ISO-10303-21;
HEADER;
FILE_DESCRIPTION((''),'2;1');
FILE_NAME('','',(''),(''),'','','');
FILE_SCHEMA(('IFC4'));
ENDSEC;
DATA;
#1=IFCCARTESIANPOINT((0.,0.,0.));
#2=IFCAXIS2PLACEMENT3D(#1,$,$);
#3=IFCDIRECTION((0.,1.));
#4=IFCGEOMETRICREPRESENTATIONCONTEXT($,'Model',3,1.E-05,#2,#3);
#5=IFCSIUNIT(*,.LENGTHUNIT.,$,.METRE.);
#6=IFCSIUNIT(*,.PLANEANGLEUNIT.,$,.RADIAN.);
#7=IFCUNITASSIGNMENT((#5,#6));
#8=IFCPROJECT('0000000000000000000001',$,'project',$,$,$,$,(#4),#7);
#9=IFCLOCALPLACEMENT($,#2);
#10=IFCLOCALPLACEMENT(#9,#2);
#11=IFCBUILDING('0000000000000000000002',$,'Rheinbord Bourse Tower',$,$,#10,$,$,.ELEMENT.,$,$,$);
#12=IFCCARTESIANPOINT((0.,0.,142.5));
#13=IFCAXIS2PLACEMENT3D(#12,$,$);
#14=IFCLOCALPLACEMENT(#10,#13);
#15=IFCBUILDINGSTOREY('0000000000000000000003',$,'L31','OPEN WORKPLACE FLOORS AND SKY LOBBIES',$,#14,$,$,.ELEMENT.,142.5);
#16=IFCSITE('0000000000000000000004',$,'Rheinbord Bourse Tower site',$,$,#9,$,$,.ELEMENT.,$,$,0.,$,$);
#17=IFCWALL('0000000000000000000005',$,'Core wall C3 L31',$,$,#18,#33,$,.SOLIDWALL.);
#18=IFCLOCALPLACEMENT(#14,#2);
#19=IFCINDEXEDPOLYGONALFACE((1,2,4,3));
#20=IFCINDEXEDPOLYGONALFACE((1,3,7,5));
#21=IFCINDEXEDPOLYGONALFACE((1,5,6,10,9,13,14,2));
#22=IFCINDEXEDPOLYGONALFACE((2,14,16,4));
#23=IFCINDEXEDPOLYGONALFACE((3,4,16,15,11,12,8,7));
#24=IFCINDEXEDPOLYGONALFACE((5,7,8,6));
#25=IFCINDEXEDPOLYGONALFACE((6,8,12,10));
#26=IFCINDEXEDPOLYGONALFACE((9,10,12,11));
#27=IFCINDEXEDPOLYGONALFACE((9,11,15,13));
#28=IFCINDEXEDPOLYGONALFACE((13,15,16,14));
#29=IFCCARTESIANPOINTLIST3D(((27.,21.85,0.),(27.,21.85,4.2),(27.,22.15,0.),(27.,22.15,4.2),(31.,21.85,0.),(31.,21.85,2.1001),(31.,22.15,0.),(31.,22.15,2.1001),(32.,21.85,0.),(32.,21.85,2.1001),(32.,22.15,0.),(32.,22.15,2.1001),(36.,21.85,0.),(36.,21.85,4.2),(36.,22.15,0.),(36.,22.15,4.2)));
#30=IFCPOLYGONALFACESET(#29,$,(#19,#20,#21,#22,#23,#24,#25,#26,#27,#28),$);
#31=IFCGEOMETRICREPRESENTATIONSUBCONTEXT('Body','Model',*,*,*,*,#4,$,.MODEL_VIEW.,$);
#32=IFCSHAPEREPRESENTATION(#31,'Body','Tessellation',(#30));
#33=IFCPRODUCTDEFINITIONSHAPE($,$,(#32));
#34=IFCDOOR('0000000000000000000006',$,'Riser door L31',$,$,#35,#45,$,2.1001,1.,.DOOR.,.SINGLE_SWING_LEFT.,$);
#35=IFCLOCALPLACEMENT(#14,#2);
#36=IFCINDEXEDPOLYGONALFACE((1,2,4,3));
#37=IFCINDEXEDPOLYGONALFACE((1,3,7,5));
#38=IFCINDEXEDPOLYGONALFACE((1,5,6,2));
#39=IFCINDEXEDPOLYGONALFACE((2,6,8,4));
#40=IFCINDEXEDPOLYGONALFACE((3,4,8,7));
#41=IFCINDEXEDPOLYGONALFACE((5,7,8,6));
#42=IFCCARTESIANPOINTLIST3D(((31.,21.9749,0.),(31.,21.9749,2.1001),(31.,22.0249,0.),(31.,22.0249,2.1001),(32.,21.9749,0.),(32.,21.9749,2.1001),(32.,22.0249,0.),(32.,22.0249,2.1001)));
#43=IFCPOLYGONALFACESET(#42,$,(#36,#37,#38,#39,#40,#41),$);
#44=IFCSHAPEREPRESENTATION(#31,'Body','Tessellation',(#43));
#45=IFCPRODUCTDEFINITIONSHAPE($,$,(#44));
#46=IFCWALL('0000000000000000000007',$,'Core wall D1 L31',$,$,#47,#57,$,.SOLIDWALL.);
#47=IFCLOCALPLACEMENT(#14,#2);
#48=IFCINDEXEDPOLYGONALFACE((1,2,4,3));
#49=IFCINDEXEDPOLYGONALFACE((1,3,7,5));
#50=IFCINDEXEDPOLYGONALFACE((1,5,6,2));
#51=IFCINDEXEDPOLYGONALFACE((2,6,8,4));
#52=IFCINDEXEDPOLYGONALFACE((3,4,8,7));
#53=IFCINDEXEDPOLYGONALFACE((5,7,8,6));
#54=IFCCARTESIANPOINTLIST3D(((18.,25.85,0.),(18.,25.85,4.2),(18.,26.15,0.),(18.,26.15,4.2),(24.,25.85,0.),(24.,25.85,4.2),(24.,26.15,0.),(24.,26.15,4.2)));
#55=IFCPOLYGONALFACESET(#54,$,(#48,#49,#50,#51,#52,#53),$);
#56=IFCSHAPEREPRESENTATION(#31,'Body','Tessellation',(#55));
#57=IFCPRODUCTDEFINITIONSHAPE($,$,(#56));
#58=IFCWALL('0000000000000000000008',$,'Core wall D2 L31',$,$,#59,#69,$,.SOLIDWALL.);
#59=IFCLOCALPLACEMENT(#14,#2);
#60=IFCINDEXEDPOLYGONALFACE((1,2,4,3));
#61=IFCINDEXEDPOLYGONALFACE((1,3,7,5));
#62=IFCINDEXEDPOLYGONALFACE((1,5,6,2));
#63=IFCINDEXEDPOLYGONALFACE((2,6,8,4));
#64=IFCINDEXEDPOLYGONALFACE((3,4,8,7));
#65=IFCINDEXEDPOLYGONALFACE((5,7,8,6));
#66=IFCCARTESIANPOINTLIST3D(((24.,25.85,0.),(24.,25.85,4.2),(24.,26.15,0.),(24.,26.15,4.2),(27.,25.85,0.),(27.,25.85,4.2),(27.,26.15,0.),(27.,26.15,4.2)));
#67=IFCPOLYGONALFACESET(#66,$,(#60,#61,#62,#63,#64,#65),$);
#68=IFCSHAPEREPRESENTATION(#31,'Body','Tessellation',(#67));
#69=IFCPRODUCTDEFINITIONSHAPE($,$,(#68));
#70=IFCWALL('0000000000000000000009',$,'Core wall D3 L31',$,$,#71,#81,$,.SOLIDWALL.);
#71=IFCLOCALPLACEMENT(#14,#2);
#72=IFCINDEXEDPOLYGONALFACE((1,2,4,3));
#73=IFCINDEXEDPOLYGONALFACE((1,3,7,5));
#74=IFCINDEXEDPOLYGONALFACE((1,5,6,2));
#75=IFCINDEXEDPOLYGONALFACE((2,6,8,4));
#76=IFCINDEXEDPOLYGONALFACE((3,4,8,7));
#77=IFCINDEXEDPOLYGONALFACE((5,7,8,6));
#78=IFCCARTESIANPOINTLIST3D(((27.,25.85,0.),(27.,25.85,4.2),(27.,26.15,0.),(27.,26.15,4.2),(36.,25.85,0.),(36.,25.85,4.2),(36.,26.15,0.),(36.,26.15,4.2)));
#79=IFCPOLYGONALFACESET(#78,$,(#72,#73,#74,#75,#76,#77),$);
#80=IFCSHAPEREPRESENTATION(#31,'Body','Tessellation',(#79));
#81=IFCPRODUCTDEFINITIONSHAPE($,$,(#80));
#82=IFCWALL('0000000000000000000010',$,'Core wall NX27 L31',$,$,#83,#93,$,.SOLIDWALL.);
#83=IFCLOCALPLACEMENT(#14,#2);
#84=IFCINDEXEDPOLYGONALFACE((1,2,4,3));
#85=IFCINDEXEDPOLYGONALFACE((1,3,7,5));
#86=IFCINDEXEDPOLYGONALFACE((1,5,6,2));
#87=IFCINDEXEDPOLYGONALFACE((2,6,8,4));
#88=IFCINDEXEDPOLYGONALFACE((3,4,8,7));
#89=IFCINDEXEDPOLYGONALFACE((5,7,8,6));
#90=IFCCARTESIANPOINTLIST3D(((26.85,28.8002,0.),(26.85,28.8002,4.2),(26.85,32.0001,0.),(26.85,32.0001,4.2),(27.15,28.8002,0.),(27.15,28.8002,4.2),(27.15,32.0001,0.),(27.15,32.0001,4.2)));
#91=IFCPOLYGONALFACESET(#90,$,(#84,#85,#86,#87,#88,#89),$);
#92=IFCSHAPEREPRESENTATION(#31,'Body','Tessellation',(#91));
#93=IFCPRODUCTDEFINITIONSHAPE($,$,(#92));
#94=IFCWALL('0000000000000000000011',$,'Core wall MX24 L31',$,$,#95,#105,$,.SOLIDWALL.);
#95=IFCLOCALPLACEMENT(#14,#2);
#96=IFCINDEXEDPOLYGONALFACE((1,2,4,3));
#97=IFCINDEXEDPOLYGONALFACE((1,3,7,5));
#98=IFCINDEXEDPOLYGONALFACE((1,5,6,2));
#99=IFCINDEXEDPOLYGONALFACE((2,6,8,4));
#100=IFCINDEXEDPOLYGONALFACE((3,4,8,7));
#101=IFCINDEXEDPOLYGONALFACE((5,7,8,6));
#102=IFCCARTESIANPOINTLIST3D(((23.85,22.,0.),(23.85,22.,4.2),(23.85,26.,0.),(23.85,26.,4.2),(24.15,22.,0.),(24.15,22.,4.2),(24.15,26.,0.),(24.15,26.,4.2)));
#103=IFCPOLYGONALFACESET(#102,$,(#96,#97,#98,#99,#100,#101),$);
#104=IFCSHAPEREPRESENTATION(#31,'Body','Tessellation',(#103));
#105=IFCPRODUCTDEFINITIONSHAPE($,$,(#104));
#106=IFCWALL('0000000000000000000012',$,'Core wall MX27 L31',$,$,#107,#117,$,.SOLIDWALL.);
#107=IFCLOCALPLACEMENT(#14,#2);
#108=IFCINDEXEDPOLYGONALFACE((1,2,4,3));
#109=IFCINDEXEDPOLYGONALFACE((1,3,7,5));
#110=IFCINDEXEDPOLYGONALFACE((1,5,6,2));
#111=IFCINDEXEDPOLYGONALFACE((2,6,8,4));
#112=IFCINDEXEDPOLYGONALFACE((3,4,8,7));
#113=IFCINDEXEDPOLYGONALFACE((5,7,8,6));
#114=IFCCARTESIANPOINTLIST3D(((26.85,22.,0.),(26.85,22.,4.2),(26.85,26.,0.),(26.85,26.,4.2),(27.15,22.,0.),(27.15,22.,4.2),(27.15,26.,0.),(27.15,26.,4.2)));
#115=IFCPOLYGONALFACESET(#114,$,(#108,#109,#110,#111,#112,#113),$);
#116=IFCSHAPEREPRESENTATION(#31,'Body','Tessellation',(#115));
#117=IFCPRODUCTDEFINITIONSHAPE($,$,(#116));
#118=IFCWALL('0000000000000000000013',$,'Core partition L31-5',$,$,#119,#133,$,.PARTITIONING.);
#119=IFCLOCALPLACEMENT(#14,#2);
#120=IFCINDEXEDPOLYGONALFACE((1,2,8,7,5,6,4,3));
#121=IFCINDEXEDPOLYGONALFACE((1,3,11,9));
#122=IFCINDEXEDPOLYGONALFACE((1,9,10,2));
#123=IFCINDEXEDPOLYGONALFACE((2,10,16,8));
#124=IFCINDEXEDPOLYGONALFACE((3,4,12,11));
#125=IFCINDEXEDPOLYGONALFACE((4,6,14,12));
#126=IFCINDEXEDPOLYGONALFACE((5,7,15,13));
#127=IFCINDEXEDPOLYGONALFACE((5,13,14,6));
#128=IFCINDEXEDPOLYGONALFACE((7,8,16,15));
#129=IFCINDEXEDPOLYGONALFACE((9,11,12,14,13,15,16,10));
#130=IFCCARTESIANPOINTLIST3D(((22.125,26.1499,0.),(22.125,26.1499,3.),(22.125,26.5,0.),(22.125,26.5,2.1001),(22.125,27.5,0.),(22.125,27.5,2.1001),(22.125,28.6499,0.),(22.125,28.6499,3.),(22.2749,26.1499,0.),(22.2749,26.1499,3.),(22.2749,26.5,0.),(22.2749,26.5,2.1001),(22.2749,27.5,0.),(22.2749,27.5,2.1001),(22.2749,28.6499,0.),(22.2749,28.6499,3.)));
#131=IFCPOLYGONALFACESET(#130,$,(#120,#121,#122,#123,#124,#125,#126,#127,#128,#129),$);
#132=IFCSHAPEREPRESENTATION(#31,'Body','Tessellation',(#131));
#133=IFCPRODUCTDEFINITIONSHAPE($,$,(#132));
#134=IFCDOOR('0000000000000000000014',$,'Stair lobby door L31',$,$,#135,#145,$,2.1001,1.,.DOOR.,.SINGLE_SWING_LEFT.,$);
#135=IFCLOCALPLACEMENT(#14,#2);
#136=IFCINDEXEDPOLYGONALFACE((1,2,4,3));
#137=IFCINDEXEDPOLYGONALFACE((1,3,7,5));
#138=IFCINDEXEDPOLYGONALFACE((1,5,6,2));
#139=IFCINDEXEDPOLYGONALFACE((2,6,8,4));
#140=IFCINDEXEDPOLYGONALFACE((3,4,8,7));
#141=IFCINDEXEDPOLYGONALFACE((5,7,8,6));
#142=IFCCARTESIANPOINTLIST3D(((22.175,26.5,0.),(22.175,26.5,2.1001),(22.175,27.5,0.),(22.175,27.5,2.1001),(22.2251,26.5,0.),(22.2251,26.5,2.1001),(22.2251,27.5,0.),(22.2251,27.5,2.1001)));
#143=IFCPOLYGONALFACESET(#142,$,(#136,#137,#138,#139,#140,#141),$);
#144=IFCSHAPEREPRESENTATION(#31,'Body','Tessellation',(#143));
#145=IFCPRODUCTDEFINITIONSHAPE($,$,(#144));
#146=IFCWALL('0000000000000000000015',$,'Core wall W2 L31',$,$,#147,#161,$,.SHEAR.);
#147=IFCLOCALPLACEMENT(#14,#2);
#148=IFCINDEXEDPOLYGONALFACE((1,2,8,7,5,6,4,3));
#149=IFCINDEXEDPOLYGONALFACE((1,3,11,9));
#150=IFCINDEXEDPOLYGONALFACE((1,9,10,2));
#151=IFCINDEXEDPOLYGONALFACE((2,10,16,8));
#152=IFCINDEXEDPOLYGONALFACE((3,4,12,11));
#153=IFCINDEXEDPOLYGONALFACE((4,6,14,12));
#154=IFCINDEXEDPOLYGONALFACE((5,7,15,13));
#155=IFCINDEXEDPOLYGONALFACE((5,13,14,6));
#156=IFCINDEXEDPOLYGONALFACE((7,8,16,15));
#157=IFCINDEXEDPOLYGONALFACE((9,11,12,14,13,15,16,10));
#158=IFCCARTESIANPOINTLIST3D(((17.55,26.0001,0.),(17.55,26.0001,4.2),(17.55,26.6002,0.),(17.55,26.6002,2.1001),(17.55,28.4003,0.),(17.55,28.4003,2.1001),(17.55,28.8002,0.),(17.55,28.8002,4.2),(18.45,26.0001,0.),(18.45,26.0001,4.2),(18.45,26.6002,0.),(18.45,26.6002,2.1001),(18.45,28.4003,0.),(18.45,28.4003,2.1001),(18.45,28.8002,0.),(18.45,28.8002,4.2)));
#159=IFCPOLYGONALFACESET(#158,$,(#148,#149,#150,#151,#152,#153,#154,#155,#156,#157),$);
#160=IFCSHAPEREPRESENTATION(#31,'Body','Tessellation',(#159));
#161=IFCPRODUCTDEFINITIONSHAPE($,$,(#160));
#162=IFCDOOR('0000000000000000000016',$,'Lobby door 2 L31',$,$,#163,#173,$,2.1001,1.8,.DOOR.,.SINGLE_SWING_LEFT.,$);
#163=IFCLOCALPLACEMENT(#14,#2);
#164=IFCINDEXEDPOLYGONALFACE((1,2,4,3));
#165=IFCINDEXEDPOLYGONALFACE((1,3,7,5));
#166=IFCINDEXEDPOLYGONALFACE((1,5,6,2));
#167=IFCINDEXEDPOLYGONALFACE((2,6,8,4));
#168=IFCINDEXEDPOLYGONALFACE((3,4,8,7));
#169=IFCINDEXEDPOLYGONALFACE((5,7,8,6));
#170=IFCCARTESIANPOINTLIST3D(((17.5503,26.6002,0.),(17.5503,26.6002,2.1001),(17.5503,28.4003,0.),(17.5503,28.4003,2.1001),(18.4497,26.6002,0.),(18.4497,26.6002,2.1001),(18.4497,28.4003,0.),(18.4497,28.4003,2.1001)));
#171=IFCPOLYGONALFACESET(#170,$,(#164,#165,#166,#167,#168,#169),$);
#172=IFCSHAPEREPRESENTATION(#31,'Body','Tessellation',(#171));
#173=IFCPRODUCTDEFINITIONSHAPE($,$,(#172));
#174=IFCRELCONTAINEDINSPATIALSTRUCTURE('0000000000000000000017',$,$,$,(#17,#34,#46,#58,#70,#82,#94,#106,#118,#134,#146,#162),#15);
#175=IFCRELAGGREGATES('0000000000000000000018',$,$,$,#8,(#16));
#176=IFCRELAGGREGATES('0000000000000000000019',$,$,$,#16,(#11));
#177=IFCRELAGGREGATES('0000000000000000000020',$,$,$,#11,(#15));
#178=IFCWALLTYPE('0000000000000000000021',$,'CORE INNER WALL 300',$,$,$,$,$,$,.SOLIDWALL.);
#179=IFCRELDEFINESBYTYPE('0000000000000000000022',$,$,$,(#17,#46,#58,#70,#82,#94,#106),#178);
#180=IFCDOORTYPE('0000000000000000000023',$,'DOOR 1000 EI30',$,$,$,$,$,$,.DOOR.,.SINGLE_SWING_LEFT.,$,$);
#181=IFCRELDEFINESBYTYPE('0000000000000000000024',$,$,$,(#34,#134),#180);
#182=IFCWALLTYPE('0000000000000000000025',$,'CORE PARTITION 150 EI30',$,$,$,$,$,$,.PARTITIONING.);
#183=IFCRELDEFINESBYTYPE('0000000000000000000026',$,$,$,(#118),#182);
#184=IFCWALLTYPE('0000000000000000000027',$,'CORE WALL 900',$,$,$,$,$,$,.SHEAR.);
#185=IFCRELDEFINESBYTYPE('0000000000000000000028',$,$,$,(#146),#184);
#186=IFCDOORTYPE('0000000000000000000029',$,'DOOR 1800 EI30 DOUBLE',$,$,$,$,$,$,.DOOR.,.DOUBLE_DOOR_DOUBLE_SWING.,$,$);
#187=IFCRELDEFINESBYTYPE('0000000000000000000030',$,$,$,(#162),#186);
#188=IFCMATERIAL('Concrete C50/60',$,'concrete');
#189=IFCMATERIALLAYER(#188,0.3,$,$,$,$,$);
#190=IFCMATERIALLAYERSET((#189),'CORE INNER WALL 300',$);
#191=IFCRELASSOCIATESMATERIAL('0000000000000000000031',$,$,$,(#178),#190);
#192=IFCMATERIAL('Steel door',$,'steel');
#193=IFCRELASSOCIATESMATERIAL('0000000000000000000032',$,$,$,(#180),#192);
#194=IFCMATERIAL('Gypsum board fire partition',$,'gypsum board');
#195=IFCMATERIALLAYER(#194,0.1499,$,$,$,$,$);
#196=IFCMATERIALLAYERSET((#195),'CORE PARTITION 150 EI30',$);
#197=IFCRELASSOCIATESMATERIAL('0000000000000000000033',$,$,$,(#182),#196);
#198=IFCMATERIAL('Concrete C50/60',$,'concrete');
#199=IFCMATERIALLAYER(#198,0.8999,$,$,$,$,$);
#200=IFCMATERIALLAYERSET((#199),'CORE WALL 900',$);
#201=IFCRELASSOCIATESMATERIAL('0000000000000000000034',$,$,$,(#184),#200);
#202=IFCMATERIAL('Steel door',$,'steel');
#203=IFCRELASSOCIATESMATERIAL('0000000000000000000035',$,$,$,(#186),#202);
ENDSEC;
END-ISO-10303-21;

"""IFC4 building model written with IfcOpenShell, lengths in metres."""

from ifc_helpers import new_model, si_unit, direction, frame, frame_2d, origin, place, context, subcontext, project, spatial, rectangle, extrude, material, layer, layer_set, type_object, element, fill, save


model = new_model("IFC4")

# Units and contexts
model_context = context("Model", 3, precision=1e-05, world=origin(), true_north=direction((0.0, 1.0)))
body_context = subcontext(model_context, "Body", "Model", "MODEL_VIEW")
ifc_project = project(units=[si_unit("LENGTHUNIT", "METRE"), si_unit("PLANEANGLEUNIT", "RADIAN")], contexts=[model_context])

# Site, building, storey
site_placement = place(None, origin())
site = spatial("IfcSite", under=ifc_project, at=site_placement, Name="Rheinbord Bourse Tower site", CompositionType="ELEMENT", RefElevation=0.0)
building_placement = place(site_placement, origin())
building = spatial("IfcBuilding", under=site, at=building_placement, Name="Rheinbord Bourse Tower", CompositionType="ELEMENT")
storey_placement = place(building_placement, frame((0.0, 0.0, 142.5)))
storey = spatial("IfcBuildingStorey", under=building, at=storey_placement, Name="L31", Description="OPEN WORKPLACE FLOORS AND SKY LOBBIES", CompositionType="ELEMENT", Elevation=142.5)

# Wall, opening, door
ifc_material_1 = material(Name="Concrete C50/60", Category="concrete")
ifc_layer_1 = layer(ifc_material_1, 0.3)
ifc_layer_set_1 = layer_set([ifc_layer_1], Name="CORE INNER WALL 300")
wall_type_1 = type_object("IfcWallType", Name="CORE INNER WALL 300", PredefinedType="SOLIDWALL", material=ifc_layer_set_1)
ifc_material_2 = material(Name="Steel door", Category="steel")
door_type_1 = type_object("IfcDoorType", Name="DOOR 1000 EI30", OperationType="SINGLE_SWING_LEFT", PredefinedType="DOOR", material=ifc_material_2)
wall_1_placement = place(storey_placement, frame((27.0, 22.0, 0.0), z_axis=(0.0, 0.0, 1.0), x_axis=(1.0, 0.0, 0.0)))
wall_1 = element("IfcWall", 1, at=wall_1_placement, inside=storey, type_object=wall_type_1, Name="Core wall C3 L31", PredefinedType="SOLIDWALL", context=body_context, shape_type="SweptSolid", body=[
    extrude(rectangle(XDim=9.0, YDim=0.3, at=frame_2d((4.5, 0.0))), origin(), (0.0, 0.0, 1.0), 4.2),
])
opening_1_placement = place(wall_1_placement, frame((4.0, 0.0, 0.0)))
opening_1 = element("IfcOpeningElement", 2, at=opening_1_placement, cuts=wall_1, PredefinedType="OPENING", context=body_context, shape_type="SweptSolid", body=[
    extrude(rectangle(XDim=1.0, YDim=2.1001, at=frame_2d((0.5, 1.05))), frame((0.0, 0.1599, 0.0), z_axis=(0.0, -1.0, 0.0), x_axis=(1.0, 0.0, 0.0)), (0.0, 0.0, 1.0), 0.3201),
])
door_1_placement = place(opening_1_placement, origin())
door_1 = element("IfcDoor", 3, at=door_1_placement, inside=storey, type_object=door_type_1, Name="Riser door L31", OperationType="SINGLE_SWING_LEFT", OverallHeight=2.1001, OverallWidth=1.0, PredefinedType="DOOR", context=body_context, shape_type="SweptSolid", body=[
    extrude(rectangle(XDim=1.0, YDim=2.1001, at=frame_2d((0.5, 1.05))), frame((0.0, 0.0249, 0.0), z_axis=(0.0, -1.0, 0.0), x_axis=(1.0, 0.0, 0.0)), (0.0, 0.0, 1.0), 0.05),
])
fill(opening_1, door_1)

# Walls
wall_2_placement = place(storey_placement, frame((18.0, 26.0, 0.0), z_axis=(0.0, 0.0, 1.0), x_axis=(1.0, 0.0, 0.0)))
element("IfcWall", 4, at=wall_2_placement, inside=storey, type_object=wall_type_1, Name="Core wall D1 L31", PredefinedType="SOLIDWALL", context=body_context, shape_type="SweptSolid", body=[
    extrude(rectangle(XDim=6.0, YDim=0.3, at=frame_2d((3.0, 0.0))), origin(), (0.0, 0.0, 1.0), 4.2),
])
wall_3_placement = place(storey_placement, frame((24.0, 26.0, 0.0), z_axis=(0.0, 0.0, 1.0), x_axis=(1.0, 0.0, 0.0)))
element("IfcWall", 5, at=wall_3_placement, inside=storey, type_object=wall_type_1, Name="Core wall D2 L31", PredefinedType="SOLIDWALL", context=body_context, shape_type="SweptSolid", body=[
    extrude(rectangle(XDim=3.0, YDim=0.3, at=frame_2d((1.5, 0.0))), origin(), (0.0, 0.0, 1.0), 4.2),
])
wall_4_placement = place(storey_placement, frame((27.0, 26.0, 0.0), z_axis=(0.0, 0.0, 1.0), x_axis=(1.0, 0.0, 0.0)))
element("IfcWall", 6, at=wall_4_placement, inside=storey, type_object=wall_type_1, Name="Core wall D3 L31", PredefinedType="SOLIDWALL", context=body_context, shape_type="SweptSolid", body=[
    extrude(rectangle(XDim=9.0, YDim=0.3, at=frame_2d((4.5, 0.0))), origin(), (0.0, 0.0, 1.0), 4.2),
])
wall_5_placement = place(storey_placement, frame((27.0, 28.8, 0.0), z_axis=(0.0, 0.0, 1.0), x_axis=(0.0, 1.0, 0.0)))
element("IfcWall", 7, at=wall_5_placement, inside=storey, type_object=wall_type_1, Name="Core wall NX27 L31", PredefinedType="SOLIDWALL", context=body_context, shape_type="SweptSolid", body=[
    extrude(rectangle(XDim=3.2, YDim=0.3, at=frame_2d((1.6001, 0.0))), origin(), (0.0, 0.0, 1.0), 4.2),
])
for number, where, z_axis, x_axis, name in (
    (8, (24.0, 22.0, 0.0), (0.0, 0.0, 1.0), (0.0, 1.0, 0.0), "Core wall MX24 L31"),
    (9, (27.0, 22.0, 0.0), (0.0, 0.0, 1.0), (0.0, 1.0, 0.0), "Core wall MX27 L31"),
):
    element("IfcWall", number, at=place(storey_placement, frame(where, z_axis=z_axis, x_axis=x_axis)), inside=storey, type_object=wall_type_1, Name=name, PredefinedType="SOLIDWALL", context=body_context, shape_type="SweptSolid", body=[
        extrude(rectangle(XDim=4.0, YDim=0.3, at=frame_2d((2.0, 0.0))), origin(), (0.0, 0.0, 1.0), 4.2),
    ])

# Walls, openings, doors
ifc_material_3 = material(Name="Gypsum board fire partition", Category="gypsum board")
ifc_layer_2 = layer(ifc_material_3, 0.1499)
ifc_layer_set_2 = layer_set([ifc_layer_2], Name="CORE PARTITION 150 EI30")
wall_type_2 = type_object("IfcWallType", Name="CORE PARTITION 150 EI30", PredefinedType="PARTITIONING", material=ifc_layer_set_2)
wall_6_placement = place(storey_placement, frame((22.2, 26.1499, 0.0), z_axis=(0.0, 0.0, 1.0), x_axis=(0.0, 1.0, 0.0)))
wall_6 = element("IfcWall", 10, at=wall_6_placement, inside=storey, type_object=wall_type_2, Name="Core partition L31-5", PredefinedType="PARTITIONING", context=body_context, shape_type="SweptSolid", body=[
    extrude(rectangle(XDim=2.5, YDim=0.1499, at=frame_2d((1.25, 0.0))), origin(), (0.0, 0.0, 1.0), 3.0),
])
opening_2_placement = place(wall_6_placement, frame((0.3501, 0.0, 0.0)))
opening_2 = element("IfcOpeningElement", 11, at=opening_2_placement, cuts=wall_6, PredefinedType="OPENING", context=body_context, shape_type="SweptSolid", body=[
    extrude(rectangle(XDim=1.0, YDim=2.1001, at=frame_2d((0.5, 1.05))), frame((0.0, 0.085, 0.0), z_axis=(0.0, -1.0, 0.0), x_axis=(1.0, 0.0, 0.0)), (0.0, 0.0, 1.0), 0.1699),
])
door_2_placement = place(opening_2_placement, origin())
door_2 = element("IfcDoor", 12, at=door_2_placement, inside=storey, type_object=door_type_1, Name="Stair lobby door L31", OperationType="SINGLE_SWING_LEFT", OverallHeight=2.1001, OverallWidth=1.0, PredefinedType="DOOR", context=body_context, shape_type="SweptSolid", body=[
    extrude(rectangle(XDim=1.0, YDim=2.1001, at=frame_2d((0.5, 1.05))), frame((0.0, 0.0249, 0.0), z_axis=(0.0, -1.0, 0.0), x_axis=(1.0, 0.0, 0.0)), (0.0, 0.0, 1.0), 0.05),
])
fill(opening_2, door_2)
ifc_material_4 = material(Name="Concrete C50/60", Category="concrete")
ifc_layer_3 = layer(ifc_material_4, 0.8999)
ifc_layer_set_3 = layer_set([ifc_layer_3], Name="CORE WALL 900")
wall_type_3 = type_object("IfcWallType", Name="CORE WALL 900", PredefinedType="SHEAR", material=ifc_layer_set_3)
wall_7_placement = place(storey_placement, frame((18.0, 28.8, 0.0), z_axis=(0.0, 0.0, 1.0), x_axis=(0.0, -1.0, 0.0)))
wall_7 = element("IfcWall", 13, at=wall_7_placement, inside=storey, type_object=wall_type_3, Name="Core wall W2 L31", PredefinedType="SHEAR", context=body_context, shape_type="SweptSolid", body=[
    extrude(rectangle(XDim=2.8, YDim=0.8999, at=frame_2d((1.3999, 0.0))), origin(), (0.0, 0.0, 1.0), 4.2),
])
opening_3_placement = place(wall_7_placement, frame((0.3999, 0.0, 0.0)))
opening_3 = element("IfcOpeningElement", 14, at=opening_3_placement, cuts=wall_7, PredefinedType="OPENING", context=body_context, shape_type="SweptSolid", body=[
    extrude(rectangle(XDim=1.8, YDim=2.1001, at=frame_2d((0.8999, 1.05))), frame((0.0, 0.46, 0.0), z_axis=(0.0, -1.0, 0.0), x_axis=(1.0, 0.0, 0.0)), (0.0, 0.0, 1.0), 0.9199),
])
ifc_material_5 = material(Name="Steel door", Category="steel")
door_type_2 = type_object("IfcDoorType", Name="DOOR 1800 EI30 DOUBLE", OperationType="DOUBLE_DOOR_DOUBLE_SWING", PredefinedType="DOOR", material=ifc_material_5)
door_3_placement = place(opening_3_placement, origin())
door_3 = element("IfcDoor", 15, at=door_3_placement, inside=storey, type_object=door_type_2, Name="Lobby door 2 L31", OperationType="SINGLE_SWING_LEFT", OverallHeight=2.1001, OverallWidth=1.8, PredefinedType="DOOR", context=body_context, shape_type="SweptSolid", body=[
    extrude(rectangle(XDim=1.8, YDim=2.1001, at=frame_2d((0.8999, 1.05))), frame((0.0, 0.4497, 0.0), z_axis=(0.0, -1.0, 0.0), x_axis=(1.0, 0.0, 0.0)), (0.0, 0.0, 1.0), 0.8994),
])
fill(opening_3, door_3)

save(model, "model.ifc")
